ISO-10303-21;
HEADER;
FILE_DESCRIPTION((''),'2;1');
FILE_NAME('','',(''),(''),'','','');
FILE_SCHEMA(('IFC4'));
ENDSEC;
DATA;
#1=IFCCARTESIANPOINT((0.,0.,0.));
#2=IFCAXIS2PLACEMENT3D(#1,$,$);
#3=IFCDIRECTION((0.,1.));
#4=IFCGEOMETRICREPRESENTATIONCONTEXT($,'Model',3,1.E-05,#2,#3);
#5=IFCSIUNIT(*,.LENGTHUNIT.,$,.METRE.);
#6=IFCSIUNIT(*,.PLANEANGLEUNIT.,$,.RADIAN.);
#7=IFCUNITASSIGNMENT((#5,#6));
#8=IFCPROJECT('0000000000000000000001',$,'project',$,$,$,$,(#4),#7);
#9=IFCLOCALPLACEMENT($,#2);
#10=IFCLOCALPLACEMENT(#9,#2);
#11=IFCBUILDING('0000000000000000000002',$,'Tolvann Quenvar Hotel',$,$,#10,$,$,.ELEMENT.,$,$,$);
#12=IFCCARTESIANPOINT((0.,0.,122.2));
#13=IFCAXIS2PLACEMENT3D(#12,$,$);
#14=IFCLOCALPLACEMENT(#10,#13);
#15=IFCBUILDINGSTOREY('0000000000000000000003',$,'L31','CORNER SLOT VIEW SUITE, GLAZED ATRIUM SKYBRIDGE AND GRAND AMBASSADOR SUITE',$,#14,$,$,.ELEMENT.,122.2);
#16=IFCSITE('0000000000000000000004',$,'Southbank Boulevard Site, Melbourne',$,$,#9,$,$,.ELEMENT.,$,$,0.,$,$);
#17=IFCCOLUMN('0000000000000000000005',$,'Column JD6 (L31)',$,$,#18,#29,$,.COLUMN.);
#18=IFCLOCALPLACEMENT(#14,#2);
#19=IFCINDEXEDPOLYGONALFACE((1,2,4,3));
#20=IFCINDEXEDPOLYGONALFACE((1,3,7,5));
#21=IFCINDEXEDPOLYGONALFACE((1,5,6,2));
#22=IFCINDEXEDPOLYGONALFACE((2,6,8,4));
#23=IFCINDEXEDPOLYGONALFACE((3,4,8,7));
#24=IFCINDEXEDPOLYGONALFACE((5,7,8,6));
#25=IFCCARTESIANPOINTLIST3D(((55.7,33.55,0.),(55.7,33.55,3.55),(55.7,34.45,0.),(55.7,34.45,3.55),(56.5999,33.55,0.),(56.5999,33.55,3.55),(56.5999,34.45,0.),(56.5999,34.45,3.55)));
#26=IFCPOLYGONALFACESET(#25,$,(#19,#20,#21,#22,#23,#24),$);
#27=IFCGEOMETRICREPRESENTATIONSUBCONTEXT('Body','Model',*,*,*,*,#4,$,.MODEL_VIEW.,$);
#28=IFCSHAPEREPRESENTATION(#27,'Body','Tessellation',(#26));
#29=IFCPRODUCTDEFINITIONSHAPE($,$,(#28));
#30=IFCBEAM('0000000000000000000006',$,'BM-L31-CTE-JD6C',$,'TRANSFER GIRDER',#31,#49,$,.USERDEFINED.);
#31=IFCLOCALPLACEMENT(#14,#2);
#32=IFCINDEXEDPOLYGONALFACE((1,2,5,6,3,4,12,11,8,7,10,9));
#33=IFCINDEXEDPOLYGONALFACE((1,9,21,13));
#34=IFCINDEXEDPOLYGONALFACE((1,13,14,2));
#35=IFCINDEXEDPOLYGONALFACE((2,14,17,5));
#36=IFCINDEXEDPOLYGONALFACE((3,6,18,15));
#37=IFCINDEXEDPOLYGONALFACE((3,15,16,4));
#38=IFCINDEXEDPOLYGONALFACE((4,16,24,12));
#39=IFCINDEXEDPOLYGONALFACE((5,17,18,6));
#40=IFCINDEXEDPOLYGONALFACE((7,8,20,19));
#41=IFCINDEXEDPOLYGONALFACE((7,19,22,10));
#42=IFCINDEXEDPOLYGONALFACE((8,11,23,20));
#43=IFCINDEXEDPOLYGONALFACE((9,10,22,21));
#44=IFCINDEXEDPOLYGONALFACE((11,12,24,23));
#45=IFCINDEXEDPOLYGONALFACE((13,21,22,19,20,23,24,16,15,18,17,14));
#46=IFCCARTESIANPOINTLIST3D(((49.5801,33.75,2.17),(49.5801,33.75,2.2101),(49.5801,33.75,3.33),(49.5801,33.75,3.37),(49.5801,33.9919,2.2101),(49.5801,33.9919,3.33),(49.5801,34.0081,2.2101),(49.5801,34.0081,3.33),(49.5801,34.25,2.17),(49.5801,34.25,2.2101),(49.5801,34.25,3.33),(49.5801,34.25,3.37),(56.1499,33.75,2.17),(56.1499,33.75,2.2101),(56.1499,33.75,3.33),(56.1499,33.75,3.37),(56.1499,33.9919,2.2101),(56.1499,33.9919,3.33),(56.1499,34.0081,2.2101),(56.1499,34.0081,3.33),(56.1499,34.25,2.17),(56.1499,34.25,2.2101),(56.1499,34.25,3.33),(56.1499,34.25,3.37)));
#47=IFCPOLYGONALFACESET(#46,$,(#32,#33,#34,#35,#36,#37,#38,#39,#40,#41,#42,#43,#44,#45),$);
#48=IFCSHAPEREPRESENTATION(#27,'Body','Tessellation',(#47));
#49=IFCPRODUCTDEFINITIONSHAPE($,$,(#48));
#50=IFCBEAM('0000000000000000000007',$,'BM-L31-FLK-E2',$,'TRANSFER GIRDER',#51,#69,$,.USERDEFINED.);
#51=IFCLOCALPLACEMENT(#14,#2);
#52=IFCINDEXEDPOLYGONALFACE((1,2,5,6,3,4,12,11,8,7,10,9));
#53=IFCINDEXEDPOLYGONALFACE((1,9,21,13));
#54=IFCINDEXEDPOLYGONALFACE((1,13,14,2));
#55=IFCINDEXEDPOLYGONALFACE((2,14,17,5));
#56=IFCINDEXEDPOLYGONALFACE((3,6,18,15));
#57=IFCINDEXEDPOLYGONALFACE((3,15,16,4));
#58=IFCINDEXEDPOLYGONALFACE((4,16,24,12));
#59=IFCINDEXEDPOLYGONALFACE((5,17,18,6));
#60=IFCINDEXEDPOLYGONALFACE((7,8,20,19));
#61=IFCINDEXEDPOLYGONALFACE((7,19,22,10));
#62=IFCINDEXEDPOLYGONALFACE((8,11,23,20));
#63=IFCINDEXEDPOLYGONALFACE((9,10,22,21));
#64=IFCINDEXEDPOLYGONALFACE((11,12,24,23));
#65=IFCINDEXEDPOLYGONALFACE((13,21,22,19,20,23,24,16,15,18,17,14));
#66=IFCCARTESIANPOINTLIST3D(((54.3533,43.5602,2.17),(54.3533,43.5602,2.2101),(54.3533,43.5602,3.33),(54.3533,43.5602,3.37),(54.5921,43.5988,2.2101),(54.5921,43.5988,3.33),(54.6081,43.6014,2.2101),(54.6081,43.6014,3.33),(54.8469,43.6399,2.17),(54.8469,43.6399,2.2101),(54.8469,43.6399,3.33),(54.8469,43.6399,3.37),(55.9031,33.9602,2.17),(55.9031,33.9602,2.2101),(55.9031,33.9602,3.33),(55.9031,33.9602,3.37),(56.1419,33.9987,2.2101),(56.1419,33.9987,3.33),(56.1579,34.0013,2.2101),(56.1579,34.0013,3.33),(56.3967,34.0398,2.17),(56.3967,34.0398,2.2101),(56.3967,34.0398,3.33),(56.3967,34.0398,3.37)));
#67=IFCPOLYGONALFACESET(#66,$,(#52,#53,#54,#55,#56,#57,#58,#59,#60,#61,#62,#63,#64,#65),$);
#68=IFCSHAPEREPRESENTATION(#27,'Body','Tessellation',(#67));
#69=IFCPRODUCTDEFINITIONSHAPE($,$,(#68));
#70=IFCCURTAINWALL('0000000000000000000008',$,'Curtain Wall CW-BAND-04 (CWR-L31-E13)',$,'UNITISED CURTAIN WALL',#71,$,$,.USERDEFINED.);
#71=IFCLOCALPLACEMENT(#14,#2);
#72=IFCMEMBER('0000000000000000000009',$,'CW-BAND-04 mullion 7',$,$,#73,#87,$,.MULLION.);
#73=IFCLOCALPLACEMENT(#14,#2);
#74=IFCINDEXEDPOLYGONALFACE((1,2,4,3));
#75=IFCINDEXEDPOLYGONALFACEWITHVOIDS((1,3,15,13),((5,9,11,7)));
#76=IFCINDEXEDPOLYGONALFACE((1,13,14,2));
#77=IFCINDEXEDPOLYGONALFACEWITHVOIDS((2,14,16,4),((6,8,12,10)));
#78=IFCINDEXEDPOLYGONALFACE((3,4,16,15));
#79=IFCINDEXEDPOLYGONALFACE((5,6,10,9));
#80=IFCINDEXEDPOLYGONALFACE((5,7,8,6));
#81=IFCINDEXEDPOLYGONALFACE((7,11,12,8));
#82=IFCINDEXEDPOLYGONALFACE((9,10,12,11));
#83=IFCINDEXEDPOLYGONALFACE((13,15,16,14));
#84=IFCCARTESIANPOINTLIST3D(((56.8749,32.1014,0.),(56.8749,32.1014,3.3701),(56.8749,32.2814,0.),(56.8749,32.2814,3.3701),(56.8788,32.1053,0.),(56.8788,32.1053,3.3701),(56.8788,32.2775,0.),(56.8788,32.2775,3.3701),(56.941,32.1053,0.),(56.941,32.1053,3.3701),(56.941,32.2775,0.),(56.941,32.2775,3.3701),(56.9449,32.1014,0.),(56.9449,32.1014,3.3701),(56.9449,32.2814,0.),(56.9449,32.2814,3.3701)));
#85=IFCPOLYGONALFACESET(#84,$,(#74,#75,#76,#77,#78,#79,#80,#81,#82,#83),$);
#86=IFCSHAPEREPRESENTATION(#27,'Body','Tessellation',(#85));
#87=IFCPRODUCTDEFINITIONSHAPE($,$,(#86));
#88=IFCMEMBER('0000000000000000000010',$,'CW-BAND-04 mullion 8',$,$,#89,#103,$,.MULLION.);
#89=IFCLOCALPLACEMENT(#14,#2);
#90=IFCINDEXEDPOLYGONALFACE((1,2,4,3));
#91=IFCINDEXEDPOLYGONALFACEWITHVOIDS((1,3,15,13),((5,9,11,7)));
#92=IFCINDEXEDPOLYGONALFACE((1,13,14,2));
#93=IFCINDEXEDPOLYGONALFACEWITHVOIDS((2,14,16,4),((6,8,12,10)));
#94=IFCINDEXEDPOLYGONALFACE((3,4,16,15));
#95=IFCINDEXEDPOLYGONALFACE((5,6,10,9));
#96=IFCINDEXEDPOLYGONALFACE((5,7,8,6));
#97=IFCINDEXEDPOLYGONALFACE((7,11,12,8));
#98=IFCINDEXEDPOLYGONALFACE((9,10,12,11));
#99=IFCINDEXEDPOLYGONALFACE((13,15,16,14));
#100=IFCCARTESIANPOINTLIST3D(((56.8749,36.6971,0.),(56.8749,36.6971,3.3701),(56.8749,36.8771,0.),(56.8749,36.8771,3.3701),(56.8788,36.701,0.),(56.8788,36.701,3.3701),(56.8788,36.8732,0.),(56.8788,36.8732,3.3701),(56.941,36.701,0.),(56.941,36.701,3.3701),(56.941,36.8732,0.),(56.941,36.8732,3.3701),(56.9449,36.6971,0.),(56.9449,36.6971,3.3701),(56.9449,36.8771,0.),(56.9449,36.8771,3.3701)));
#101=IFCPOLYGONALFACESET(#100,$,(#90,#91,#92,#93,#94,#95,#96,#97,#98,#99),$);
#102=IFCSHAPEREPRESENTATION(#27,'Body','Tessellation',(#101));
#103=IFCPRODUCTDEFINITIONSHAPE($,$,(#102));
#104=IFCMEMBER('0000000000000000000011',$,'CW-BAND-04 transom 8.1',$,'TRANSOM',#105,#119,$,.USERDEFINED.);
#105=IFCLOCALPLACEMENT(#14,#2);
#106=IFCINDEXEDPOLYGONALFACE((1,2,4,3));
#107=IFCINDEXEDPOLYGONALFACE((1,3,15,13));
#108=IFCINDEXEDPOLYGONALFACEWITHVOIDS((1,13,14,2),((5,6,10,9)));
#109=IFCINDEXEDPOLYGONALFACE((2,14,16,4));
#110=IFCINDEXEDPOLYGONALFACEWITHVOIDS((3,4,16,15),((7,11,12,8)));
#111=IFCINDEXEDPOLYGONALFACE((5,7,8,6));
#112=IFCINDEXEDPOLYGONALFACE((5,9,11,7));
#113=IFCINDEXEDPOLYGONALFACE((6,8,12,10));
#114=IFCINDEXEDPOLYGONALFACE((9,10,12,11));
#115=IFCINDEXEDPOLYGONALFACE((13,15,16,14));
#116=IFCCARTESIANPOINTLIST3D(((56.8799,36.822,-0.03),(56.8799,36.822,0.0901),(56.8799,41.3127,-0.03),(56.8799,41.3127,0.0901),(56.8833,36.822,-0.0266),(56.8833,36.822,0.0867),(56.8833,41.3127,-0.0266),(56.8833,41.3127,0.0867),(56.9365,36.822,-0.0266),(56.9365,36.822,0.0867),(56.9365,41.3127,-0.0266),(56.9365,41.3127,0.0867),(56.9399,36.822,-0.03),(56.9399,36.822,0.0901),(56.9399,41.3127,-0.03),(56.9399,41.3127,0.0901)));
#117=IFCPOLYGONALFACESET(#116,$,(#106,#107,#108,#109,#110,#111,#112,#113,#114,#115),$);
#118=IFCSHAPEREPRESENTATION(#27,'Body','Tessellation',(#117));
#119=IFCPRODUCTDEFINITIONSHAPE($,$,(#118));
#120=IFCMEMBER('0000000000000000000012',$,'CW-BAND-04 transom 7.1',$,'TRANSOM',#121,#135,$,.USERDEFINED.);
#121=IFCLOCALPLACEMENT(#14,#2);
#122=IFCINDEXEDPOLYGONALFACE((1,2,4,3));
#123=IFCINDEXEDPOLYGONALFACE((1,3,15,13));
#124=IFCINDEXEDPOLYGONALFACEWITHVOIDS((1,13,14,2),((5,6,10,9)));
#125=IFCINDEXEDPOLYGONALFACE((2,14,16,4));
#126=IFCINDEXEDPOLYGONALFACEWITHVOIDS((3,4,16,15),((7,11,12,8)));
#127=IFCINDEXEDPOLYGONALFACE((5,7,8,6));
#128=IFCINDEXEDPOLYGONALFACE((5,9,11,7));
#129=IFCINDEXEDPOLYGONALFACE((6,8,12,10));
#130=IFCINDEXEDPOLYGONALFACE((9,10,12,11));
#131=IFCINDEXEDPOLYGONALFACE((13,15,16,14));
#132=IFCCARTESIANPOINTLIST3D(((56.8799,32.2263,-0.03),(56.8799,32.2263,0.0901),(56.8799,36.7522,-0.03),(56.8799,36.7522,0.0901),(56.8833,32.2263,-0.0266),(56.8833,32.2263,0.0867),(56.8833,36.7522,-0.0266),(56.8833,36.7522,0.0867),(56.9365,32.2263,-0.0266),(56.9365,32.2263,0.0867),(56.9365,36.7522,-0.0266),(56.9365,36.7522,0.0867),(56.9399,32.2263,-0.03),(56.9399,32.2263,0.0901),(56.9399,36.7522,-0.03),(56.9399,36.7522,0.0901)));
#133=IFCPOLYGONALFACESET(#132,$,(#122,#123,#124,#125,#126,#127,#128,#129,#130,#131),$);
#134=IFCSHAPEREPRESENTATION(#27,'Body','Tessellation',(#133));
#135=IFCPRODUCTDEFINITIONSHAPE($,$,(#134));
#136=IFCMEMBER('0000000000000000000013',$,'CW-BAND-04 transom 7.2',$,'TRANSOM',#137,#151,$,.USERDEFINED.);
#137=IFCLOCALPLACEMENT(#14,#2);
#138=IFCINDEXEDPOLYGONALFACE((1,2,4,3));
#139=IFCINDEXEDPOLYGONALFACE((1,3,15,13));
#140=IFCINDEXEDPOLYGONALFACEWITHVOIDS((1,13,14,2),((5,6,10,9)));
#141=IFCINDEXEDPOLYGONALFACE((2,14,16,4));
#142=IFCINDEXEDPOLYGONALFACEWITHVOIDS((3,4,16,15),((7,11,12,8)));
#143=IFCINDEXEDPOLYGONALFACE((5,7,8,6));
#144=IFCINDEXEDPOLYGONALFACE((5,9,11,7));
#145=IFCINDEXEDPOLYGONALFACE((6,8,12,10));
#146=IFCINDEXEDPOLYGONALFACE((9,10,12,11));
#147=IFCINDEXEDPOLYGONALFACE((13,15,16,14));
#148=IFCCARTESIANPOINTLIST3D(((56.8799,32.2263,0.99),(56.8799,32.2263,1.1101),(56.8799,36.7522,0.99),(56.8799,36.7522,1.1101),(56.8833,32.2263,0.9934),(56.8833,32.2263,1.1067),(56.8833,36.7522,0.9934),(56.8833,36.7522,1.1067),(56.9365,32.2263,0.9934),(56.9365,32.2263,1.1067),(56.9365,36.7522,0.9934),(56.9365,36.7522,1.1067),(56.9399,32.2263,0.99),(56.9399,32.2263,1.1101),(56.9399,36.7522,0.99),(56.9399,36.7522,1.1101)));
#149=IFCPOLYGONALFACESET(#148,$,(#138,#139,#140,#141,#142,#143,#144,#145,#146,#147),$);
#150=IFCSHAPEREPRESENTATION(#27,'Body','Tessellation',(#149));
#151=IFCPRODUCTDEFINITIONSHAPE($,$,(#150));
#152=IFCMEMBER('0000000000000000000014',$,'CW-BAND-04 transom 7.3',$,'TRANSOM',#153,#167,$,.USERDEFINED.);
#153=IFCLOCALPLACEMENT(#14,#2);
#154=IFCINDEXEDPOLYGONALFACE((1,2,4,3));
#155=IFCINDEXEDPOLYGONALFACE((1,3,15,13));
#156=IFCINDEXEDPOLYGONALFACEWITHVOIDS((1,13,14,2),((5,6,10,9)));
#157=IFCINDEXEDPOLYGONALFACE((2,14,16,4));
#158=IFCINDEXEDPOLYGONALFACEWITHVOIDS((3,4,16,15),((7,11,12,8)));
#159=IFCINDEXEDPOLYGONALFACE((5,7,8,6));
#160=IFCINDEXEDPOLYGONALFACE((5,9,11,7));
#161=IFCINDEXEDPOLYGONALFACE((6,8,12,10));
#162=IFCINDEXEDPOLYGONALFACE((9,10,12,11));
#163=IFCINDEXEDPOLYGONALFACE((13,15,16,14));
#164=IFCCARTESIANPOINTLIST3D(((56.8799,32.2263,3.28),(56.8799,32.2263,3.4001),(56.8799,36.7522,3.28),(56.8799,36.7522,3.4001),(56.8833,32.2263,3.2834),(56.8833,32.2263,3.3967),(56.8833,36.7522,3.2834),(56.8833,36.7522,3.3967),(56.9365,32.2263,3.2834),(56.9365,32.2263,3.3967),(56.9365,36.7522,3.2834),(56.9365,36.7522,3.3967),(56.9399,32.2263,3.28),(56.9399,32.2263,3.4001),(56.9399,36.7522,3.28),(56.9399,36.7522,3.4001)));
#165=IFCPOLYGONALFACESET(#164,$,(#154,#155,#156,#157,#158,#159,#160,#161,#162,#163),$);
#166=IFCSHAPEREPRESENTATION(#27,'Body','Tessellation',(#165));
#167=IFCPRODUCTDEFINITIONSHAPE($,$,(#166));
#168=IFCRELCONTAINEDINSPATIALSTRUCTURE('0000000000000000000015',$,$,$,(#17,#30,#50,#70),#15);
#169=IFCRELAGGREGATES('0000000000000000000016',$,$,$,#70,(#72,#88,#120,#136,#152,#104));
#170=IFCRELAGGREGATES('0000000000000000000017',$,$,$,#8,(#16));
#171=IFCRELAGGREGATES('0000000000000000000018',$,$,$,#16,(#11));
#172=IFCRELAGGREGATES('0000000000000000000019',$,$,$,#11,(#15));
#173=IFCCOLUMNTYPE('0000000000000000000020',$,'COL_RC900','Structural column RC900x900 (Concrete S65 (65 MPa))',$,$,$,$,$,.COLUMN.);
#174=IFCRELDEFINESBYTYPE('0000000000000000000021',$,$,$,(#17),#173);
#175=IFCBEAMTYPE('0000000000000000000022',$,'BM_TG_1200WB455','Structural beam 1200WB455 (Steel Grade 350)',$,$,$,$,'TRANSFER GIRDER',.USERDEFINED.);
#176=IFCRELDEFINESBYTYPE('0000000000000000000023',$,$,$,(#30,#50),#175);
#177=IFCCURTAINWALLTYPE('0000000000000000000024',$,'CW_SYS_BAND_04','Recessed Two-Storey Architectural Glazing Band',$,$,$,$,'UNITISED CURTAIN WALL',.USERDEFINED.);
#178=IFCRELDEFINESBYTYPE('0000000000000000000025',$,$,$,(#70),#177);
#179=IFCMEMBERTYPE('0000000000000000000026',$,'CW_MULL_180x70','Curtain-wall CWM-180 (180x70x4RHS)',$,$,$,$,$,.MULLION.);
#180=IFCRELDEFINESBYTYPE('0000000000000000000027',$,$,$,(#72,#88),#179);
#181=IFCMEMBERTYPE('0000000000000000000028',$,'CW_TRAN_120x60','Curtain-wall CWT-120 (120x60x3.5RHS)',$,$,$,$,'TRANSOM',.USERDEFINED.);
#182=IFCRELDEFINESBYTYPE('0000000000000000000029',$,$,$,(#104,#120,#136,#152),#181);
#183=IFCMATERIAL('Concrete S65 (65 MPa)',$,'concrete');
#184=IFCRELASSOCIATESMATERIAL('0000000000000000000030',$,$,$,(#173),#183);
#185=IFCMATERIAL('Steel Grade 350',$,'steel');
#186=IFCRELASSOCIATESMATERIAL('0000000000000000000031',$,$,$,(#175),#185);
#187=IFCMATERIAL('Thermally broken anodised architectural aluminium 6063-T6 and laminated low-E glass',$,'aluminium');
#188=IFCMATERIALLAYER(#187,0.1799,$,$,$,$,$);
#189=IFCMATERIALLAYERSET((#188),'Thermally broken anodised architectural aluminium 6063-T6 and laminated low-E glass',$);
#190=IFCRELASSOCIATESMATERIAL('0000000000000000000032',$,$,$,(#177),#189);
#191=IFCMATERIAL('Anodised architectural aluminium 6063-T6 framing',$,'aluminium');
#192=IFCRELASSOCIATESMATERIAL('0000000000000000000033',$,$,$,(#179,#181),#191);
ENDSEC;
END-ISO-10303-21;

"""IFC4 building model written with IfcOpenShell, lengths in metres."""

from ifc_helpers import new_model, si_unit, direction, frame, origin, origin_2d, place, context, subcontext, project, spatial, rectangle, hollow_rectangle, i_section, extrude, source, transform, mapped, material, layer, layer_set, material_profile, profile_set, type_object, type_shapes, element, aggregate, save


model = new_model("IFC4")

# Units and contexts
model_context = context("Model", 3, precision=1e-05, world=origin(), true_north=direction((0.0, 1.0)))
body_context = subcontext(model_context, "Body", "Model", "MODEL_VIEW")
ifc_project = project(units=[si_unit("LENGTHUNIT", "METRE"), si_unit("PLANEANGLEUNIT", "RADIAN")], contexts=[model_context])

# Site, building, storey
site_placement = place(None, origin())
site = spatial("IfcSite", under=ifc_project, at=site_placement, Name="Southbank Boulevard Site, Melbourne", CompositionType="ELEMENT", RefElevation=0.0)
building_placement = place(site_placement, origin())
building = spatial("IfcBuilding", under=site, at=building_placement, Name="Tolvann Quenvar Hotel", CompositionType="ELEMENT")
storey_placement = place(building_placement, frame((0.0, 0.0, 122.2)))
storey = spatial("IfcBuildingStorey", under=building, at=storey_placement, Name="L31", Description="CORNER SLOT VIEW SUITE, GLAZED ATRIUM SKYBRIDGE AND GRAND AMBASSADOR SUITE", CompositionType="ELEMENT", Elevation=122.2)

# Column
ifc_material_1 = material(Name="Concrete S65 (65 MPa)", Category="concrete")
ifc_material_profile_1 = material_profile(ifc_material_1, rectangle(XDim=0.8999, YDim=0.8999, at=origin_2d()), Name="RC900x900")
ifc_profile_set_1 = profile_set([ifc_material_profile_1], Name="Concrete S65 (65 MPa)")
column_type = type_object("IfcColumnType", Name="COL_RC900", Description="Structural column RC900x900 (Concrete S65 (65 MPa))", PredefinedType="COLUMN", material=ifc_profile_set_1)
shared_shape_1 = source(origin(), body_context, "Body", "SweptSolid", [
    extrude(rectangle(XDim=0.8999, YDim=0.8999, at=origin_2d()), origin(), (0.0, 0.0, 1.0), 3.55),
])
type_shapes(column_type, [shared_shape_1])
column_placement = place(storey_placement, frame((56.1499, 34.0, 0.0), z_axis=(0.0, 0.0, 1.0), x_axis=(1.0, 0.0, 0.0)))
element("IfcColumn", 1, at=column_placement, inside=storey, type_object=column_type, Name="Column JD6 (L31)", PredefinedType="COLUMN", context=body_context, shape_type="MappedRepresentation", body=[
    mapped(shared_shape_1, transform((0.0, 0.0, 0.0), x_axis=(1.0, 0.0, 0.0), y_axis=(0.0, 1.0, 0.0), z_axis=(0.0, 0.0, 1.0), scale=1.0)),
])

# Beams
ifc_material_2 = material(Name="Steel Grade 350", Category="steel")
ifc_material_profile_2 = material_profile(ifc_material_2, i_section(OverallWidth=0.5, OverallDepth=1.2, WebThickness=0.0161, FlangeThickness=0.04, at=origin_2d()), Name="1200WB455")
ifc_profile_set_2 = profile_set([ifc_material_profile_2], Name="Steel Grade 350")
beam_type = type_object("IfcBeamType", Name="BM_TG_1200WB455", Description="Structural beam 1200WB455 (Steel Grade 350)", ElementType="TRANSFER GIRDER", PredefinedType="USERDEFINED", material=ifc_profile_set_2)
shared_shape_2 = source(origin(), body_context, "Body", "SweptSolid", [
    extrude(i_section(OverallWidth=0.5, OverallDepth=1.2, WebThickness=0.0161, FlangeThickness=0.04, at=origin_2d()), origin(), (0.0, 0.0, 1.0), 6.5698),
])
beam_1_placement = place(storey_placement, frame((49.5801, 34.0, 2.77), z_axis=(1.0, 0.0, 0.0), x_axis=(0.0, 1.0, 0.0)))
element("IfcBeam", 2, at=beam_1_placement, inside=storey, type_object=beam_type, Name="BM-L31-CTE-JD6C", ObjectType="TRANSFER GIRDER", PredefinedType="USERDEFINED", context=body_context, shape_type="MappedRepresentation", body=[
    mapped(shared_shape_2, transform((0.0, 0.0, 0.0), x_axis=(1.0, 0.0, 0.0), y_axis=(0.0, 1.0, 0.0), z_axis=(0.0, 0.0, 1.0), scale=1.0)),
])
shared_shape_3 = source(origin(), body_context, "Body", "SweptSolid", [
    extrude(i_section(OverallWidth=0.5, OverallDepth=1.2, WebThickness=0.0161, FlangeThickness=0.04, at=origin_2d()), origin(), (0.0, 0.0, 1.0), 9.7244),
])
type_shapes(beam_type, [shared_shape_2, shared_shape_3])
beam_2_placement = place(storey_placement, frame((56.1499, 34.0, 2.77), z_axis=(-0.159373, 0.987218, 0.0), x_axis=(-0.987218, -0.159373, 0.0)))
element("IfcBeam", 3, at=beam_2_placement, inside=storey, type_object=beam_type, Name="BM-L31-FLK-E2", ObjectType="TRANSFER GIRDER", PredefinedType="USERDEFINED", context=body_context, shape_type="MappedRepresentation", body=[
    mapped(shared_shape_3, transform((0.0, 0.0, 0.0), x_axis=(1.0, 0.0, 0.0), y_axis=(0.0, 1.0, 0.0), z_axis=(0.0, 0.0, 1.0), scale=1.0)),
])

# Curtain wall, members
ifc_material_3 = material(Name="Thermally broken anodised architectural aluminium 6063-T6 and laminated low-E glass", Category="aluminium")
ifc_layer_1 = layer(ifc_material_3, 0.1799)
ifc_layer_set_1 = layer_set([ifc_layer_1], Name="Thermally broken anodised architectural aluminium 6063-T6 and laminated low-E glass")
curtain_wall_type = type_object("IfcCurtainWallType", Name="CW_SYS_BAND_04", Description="Recessed Two-Storey Architectural Glazing Band", ElementType="UNITISED CURTAIN WALL", PredefinedType="USERDEFINED", material=ifc_layer_set_1)
curtain_wall_placement = place(storey_placement, origin())
curtain_wall = element("IfcCurtainWall", 4, at=curtain_wall_placement, inside=storey, type_object=curtain_wall_type, Name="Curtain Wall CW-BAND-04 (CWR-L31-E13)", ObjectType="UNITISED CURTAIN WALL", PredefinedType="USERDEFINED")
ifc_material_4 = material(Name="Anodised architectural aluminium 6063-T6 framing", Category="aluminium")
ifc_material_profile_3 = material_profile(ifc_material_4, hollow_rectangle(XDim=0.0701, YDim=0.1799, WallThickness=0.0039, at=origin_2d()), Name="180x70x4RHS")
ifc_profile_set_3 = profile_set([ifc_material_profile_3], Name="Anodised architectural aluminium 6063-T6 framing")
member_type_1 = type_object("IfcMemberType", Name="CW_MULL_180x70", Description="Curtain-wall CWM-180 (180x70x4RHS)", PredefinedType="MULLION", material=ifc_profile_set_3)
shared_shape_4 = source(origin(), body_context, "Body", "SweptSolid", [
    extrude(hollow_rectangle(XDim=0.0701, YDim=0.1799, WallThickness=0.0039, at=origin_2d()), origin(), (0.0, 0.0, 1.0), 3.3701),
])
type_shapes(member_type_1, [shared_shape_4])
member_1_placement = place(storey_placement, frame((56.9099, 32.1914, 0.0), z_axis=(0.0, 0.0, 1.0), x_axis=(-1.0, 0.0, 0.0)))
member_1 = element("IfcMember", 5, at=member_1_placement, type_object=member_type_1, Name="CW-BAND-04 mullion 7", PredefinedType="MULLION", context=body_context, shape_type="MappedRepresentation", body=[
    mapped(shared_shape_4, transform((0.0, 0.0, 0.0), x_axis=(1.0, 0.0, 0.0), y_axis=(0.0, 1.0, 0.0), z_axis=(0.0, 0.0, 1.0), scale=1.0)),
])
member_2_placement = place(storey_placement, frame((56.9099, 36.7871, 0.0), z_axis=(0.0, 0.0, 1.0), x_axis=(-1.0, 0.0, 0.0)))
member_2 = element("IfcMember", 6, at=member_2_placement, type_object=member_type_1, Name="CW-BAND-04 mullion 8", PredefinedType="MULLION", context=body_context, shape_type="MappedRepresentation", body=[
    mapped(shared_shape_4, transform((0.0, 0.0, 0.0), x_axis=(1.0, 0.0, 0.0), y_axis=(0.0, 1.0, 0.0), z_axis=(0.0, 0.0, 1.0), scale=1.0)),
])
ifc_material_profile_4 = material_profile(ifc_material_4, hollow_rectangle(XDim=0.0601, YDim=0.1201, WallThickness=0.0034, at=origin_2d()), Name="120x60x3.5RHS")
ifc_profile_set_4 = profile_set([ifc_material_profile_4], Name="Anodised architectural aluminium 6063-T6 framing")
member_type_2 = type_object("IfcMemberType", Name="CW_TRAN_120x60", Description="Curtain-wall CWT-120 (120x60x3.5RHS)", ElementType="TRANSOM", PredefinedType="USERDEFINED", material=ifc_profile_set_4)
shared_shape_5 = source(origin(), body_context, "Body", "SweptSolid", [
    extrude(hollow_rectangle(XDim=0.0601, YDim=0.1201, WallThickness=0.0034, at=origin_2d()), origin(), (0.0, 0.0, 1.0), 4.4907),
])
member_3_placement = place(storey_placement, frame((56.9099, 36.822, 0.03), z_axis=(0.0, 1.0, 0.0), x_axis=(-1.0, 0.0, 0.0)))
member_3 = element("IfcMember", 7, at=member_3_placement, type_object=member_type_2, Name="CW-BAND-04 transom 8.1", ObjectType="TRANSOM", PredefinedType="USERDEFINED", context=body_context, shape_type="MappedRepresentation", body=[
    mapped(shared_shape_5, transform((0.0, 0.0, 0.0), x_axis=(1.0, 0.0, 0.0), y_axis=(0.0, 1.0, 0.0), z_axis=(0.0, 0.0, 1.0), scale=1.0)),
])
shared_shape_6 = source(origin(), body_context, "Body", "SweptSolid", [
    extrude(hollow_rectangle(XDim=0.0601, YDim=0.1201, WallThickness=0.0034, at=origin_2d()), origin(), (0.0, 0.0, 1.0), 4.5259),
])
type_shapes(member_type_2, [shared_shape_5, shared_shape_6])
member_4_placement = place(storey_placement, frame((56.9099, 32.2263, 0.03), z_axis=(0.0, 1.0, 0.0), x_axis=(-1.0, 0.0, 0.0)))
member_4 = element("IfcMember", 8, at=member_4_placement, type_object=member_type_2, Name="CW-BAND-04 transom 7.1", ObjectType="TRANSOM", PredefinedType="USERDEFINED", context=body_context, shape_type="MappedRepresentation", body=[
    mapped(shared_shape_6, transform((0.0, 0.0, 0.0), x_axis=(1.0, 0.0, 0.0), y_axis=(0.0, 1.0, 0.0), z_axis=(0.0, 0.0, 1.0), scale=1.0)),
])
member_5_placement = place(storey_placement, frame((56.9099, 32.2263, 1.05), z_axis=(0.0, 1.0, 0.0), x_axis=(-1.0, 0.0, 0.0)))
member_5 = element("IfcMember", 9, at=member_5_placement, type_object=member_type_2, Name="CW-BAND-04 transom 7.2", ObjectType="TRANSOM", PredefinedType="USERDEFINED", context=body_context, shape_type="MappedRepresentation", body=[
    mapped(shared_shape_6, transform((0.0, 0.0, 0.0), x_axis=(1.0, 0.0, 0.0), y_axis=(0.0, 1.0, 0.0), z_axis=(0.0, 0.0, 1.0), scale=1.0)),
])
member_6_placement = place(storey_placement, frame((56.9099, 32.2263, 3.3401), z_axis=(0.0, 1.0, 0.0), x_axis=(-1.0, 0.0, 0.0)))
member_6 = element("IfcMember", 10, at=member_6_placement, type_object=member_type_2, Name="CW-BAND-04 transom 7.3", ObjectType="TRANSOM", PredefinedType="USERDEFINED", context=body_context, shape_type="MappedRepresentation", body=[
    mapped(shared_shape_6, transform((0.0, 0.0, 0.0), x_axis=(1.0, 0.0, 0.0), y_axis=(0.0, 1.0, 0.0), z_axis=(0.0, 0.0, 1.0), scale=1.0)),
])
aggregate(curtain_wall, [member_1, member_2, member_4, member_5, member_6, member_3])

save(model, "model.ifc")
